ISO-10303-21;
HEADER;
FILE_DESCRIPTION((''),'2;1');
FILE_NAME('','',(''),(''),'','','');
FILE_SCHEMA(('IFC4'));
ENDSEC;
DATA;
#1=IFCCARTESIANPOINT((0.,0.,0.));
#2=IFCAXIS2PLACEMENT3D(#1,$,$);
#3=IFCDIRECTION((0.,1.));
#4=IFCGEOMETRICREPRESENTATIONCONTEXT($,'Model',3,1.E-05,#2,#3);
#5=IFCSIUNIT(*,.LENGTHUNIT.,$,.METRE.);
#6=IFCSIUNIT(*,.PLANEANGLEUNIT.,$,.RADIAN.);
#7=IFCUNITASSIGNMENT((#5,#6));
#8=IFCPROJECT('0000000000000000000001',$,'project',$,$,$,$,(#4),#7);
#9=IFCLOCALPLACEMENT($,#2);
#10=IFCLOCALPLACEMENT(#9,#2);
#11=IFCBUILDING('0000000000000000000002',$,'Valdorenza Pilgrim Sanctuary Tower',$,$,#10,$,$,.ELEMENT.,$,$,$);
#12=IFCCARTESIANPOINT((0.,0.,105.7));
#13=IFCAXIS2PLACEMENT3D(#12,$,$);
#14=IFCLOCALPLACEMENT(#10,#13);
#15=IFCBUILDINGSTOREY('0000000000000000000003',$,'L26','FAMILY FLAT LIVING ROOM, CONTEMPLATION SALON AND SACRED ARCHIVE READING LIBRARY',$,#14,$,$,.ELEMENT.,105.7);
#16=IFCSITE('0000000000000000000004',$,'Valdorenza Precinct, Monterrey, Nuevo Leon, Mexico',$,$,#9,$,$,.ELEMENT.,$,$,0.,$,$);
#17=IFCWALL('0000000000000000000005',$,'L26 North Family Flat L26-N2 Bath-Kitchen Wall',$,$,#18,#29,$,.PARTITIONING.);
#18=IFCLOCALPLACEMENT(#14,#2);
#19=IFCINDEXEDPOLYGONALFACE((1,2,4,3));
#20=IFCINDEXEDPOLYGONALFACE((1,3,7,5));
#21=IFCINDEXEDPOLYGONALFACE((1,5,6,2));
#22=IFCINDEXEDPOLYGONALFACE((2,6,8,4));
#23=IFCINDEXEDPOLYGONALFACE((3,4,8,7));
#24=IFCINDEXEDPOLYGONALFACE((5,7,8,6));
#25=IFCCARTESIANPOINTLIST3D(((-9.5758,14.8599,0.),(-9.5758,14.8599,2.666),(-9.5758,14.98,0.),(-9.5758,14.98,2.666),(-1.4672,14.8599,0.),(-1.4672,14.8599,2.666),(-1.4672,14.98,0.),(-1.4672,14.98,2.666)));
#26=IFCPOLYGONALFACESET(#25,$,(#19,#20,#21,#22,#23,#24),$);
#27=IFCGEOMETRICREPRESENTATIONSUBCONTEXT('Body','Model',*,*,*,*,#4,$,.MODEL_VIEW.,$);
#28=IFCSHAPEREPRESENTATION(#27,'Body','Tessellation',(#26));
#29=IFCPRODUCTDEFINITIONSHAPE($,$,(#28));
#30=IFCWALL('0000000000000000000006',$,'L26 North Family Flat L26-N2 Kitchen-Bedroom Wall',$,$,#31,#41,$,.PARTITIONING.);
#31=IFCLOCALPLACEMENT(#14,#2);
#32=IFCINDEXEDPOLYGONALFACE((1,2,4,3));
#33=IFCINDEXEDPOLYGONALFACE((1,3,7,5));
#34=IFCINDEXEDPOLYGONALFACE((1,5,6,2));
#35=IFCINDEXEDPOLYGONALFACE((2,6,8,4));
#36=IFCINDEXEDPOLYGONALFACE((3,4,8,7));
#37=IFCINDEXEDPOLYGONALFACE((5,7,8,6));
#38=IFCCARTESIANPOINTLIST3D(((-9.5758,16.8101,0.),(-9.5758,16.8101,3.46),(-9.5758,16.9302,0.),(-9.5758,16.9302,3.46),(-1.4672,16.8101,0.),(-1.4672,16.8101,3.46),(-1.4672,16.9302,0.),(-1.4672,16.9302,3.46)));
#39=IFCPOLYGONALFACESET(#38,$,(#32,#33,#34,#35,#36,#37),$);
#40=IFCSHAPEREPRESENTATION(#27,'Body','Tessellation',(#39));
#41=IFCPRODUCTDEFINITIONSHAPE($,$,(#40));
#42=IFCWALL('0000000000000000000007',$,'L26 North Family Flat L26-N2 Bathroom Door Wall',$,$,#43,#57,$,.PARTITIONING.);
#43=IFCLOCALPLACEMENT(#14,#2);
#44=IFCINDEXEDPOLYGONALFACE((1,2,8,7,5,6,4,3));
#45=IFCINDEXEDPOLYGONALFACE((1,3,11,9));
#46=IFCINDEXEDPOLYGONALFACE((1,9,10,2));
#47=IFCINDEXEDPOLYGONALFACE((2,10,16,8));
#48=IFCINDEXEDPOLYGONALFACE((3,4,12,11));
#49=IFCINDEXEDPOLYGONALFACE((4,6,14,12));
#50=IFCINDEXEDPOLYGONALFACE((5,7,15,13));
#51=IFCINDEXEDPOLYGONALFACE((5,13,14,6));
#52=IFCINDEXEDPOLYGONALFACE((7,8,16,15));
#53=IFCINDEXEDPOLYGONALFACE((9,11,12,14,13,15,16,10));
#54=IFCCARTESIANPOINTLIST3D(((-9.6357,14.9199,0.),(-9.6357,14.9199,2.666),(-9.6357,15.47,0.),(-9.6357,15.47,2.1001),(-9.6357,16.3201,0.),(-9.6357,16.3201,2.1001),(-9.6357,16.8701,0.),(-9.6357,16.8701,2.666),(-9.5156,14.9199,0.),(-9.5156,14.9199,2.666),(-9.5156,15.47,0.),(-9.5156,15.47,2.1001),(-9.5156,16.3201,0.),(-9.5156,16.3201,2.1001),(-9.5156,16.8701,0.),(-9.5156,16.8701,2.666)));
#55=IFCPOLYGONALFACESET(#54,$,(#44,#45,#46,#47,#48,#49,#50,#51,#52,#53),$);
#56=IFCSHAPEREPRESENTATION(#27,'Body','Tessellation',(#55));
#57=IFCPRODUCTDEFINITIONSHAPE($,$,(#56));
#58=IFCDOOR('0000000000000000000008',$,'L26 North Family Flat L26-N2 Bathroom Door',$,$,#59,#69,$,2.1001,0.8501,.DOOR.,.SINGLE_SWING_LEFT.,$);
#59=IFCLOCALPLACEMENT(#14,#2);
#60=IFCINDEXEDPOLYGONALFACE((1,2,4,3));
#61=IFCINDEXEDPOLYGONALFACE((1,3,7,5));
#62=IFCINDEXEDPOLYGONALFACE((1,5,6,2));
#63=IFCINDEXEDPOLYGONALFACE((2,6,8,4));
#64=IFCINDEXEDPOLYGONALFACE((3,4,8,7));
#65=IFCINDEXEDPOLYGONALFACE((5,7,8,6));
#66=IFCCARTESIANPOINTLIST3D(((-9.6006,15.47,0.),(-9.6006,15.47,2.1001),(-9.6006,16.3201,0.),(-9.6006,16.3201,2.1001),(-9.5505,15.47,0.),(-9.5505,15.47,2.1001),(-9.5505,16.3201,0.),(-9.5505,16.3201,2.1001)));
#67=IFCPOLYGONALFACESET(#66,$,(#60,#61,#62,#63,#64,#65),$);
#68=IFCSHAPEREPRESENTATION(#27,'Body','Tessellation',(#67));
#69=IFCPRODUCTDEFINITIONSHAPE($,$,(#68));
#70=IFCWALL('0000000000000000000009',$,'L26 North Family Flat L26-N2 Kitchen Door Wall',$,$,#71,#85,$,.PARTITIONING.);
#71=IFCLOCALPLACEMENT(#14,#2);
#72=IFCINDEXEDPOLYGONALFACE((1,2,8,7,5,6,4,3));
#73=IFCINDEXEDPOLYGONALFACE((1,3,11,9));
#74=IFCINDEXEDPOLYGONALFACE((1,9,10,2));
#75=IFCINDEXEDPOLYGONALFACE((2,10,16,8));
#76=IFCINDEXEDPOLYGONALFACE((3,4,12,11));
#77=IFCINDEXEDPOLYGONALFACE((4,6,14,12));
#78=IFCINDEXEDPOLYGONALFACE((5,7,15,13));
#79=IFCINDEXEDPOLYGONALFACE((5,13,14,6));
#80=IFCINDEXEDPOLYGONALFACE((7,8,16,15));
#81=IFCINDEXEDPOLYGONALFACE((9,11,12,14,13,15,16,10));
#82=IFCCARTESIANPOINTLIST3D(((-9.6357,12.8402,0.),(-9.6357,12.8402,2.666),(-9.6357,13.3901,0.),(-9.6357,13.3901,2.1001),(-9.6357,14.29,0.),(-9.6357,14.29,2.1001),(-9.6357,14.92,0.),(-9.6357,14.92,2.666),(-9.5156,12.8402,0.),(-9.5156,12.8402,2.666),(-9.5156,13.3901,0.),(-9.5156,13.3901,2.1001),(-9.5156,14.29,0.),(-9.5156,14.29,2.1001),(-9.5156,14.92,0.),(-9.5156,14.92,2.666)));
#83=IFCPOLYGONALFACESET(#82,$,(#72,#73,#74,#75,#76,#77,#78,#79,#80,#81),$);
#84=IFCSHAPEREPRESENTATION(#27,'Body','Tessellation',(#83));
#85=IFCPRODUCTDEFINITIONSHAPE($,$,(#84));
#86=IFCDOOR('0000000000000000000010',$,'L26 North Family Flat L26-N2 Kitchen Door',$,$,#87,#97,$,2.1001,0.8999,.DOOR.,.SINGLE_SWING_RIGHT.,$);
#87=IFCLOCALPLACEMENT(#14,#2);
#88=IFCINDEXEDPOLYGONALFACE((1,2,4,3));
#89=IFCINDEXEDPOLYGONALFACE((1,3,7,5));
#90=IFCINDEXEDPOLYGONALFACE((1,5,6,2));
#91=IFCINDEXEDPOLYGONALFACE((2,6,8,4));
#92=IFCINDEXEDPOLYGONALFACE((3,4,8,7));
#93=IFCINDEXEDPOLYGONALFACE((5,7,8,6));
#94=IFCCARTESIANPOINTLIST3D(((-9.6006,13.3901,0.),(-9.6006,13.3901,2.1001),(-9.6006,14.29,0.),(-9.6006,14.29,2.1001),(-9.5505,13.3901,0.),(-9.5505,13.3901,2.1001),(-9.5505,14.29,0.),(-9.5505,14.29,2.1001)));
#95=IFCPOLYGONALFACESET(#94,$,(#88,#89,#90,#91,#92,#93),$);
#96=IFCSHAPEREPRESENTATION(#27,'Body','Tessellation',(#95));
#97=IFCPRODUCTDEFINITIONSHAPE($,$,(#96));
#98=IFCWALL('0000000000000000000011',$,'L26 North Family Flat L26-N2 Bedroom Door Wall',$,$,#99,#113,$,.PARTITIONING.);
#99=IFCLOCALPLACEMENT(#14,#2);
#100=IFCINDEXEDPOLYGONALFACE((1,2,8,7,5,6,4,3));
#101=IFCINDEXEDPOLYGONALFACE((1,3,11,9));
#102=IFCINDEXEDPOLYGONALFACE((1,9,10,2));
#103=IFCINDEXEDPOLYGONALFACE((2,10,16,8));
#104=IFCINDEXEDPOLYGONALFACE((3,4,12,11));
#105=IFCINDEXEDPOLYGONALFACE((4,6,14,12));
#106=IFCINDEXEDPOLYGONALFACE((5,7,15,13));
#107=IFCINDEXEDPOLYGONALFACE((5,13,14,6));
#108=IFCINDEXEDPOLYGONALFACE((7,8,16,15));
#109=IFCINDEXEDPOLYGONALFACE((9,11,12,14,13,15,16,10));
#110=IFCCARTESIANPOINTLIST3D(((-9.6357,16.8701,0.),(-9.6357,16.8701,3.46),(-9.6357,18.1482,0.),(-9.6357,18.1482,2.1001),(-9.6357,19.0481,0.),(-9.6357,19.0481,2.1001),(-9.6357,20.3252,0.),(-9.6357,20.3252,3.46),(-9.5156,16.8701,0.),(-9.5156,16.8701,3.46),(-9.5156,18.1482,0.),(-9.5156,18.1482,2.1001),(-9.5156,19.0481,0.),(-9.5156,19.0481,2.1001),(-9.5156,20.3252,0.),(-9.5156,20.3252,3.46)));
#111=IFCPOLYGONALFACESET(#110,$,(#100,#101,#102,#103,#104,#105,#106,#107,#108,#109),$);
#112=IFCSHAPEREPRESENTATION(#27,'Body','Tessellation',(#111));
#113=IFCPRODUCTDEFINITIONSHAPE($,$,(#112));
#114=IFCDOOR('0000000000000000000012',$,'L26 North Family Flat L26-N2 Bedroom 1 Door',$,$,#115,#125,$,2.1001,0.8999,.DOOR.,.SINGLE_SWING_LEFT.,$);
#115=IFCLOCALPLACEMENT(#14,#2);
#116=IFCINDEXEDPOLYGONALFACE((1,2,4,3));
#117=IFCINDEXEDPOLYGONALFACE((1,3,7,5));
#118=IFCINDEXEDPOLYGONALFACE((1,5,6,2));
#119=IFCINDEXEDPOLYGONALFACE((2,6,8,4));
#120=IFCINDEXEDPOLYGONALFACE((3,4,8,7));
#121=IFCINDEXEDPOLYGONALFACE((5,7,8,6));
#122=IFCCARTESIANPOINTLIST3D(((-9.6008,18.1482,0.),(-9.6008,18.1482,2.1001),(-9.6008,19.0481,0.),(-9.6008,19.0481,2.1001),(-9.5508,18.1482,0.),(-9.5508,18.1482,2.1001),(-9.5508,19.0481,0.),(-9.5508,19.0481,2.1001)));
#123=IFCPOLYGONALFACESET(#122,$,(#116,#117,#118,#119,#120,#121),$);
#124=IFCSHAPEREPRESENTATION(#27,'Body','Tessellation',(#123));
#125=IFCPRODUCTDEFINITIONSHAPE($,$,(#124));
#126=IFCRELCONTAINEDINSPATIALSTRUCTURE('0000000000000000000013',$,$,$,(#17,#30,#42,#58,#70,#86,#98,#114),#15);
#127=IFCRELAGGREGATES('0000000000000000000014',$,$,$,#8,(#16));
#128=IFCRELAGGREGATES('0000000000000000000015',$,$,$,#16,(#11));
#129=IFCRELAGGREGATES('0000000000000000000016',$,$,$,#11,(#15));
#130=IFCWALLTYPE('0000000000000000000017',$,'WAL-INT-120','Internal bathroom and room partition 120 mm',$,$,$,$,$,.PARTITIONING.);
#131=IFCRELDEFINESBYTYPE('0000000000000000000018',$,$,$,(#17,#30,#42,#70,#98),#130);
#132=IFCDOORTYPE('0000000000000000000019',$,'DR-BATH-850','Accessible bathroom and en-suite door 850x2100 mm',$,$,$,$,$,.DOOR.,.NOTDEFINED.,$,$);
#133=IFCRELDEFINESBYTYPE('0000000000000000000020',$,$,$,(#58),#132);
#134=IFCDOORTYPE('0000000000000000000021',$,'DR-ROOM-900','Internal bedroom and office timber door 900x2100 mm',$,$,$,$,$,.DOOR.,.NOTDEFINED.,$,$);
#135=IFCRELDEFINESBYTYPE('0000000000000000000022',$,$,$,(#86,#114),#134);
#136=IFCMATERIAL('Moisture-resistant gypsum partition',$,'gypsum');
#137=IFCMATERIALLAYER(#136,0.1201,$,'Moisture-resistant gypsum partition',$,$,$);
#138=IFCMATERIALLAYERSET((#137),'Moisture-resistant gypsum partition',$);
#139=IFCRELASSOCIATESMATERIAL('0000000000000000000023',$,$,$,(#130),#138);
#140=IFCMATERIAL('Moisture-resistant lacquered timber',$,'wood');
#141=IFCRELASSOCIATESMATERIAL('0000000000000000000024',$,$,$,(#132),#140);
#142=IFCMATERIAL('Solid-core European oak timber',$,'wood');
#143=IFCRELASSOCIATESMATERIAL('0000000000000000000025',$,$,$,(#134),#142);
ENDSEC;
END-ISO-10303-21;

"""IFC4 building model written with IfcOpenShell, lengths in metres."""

from ifc_helpers import new_model, si_unit, direction, frame, frame_2d, origin, place, context, subcontext, project, spatial, rectangle, extrude, material, layer, layer_set, type_object, element, fill, save


model = new_model("IFC4")

# Units and contexts
model_context = context("Model", 3, precision=1e-05, world=origin(), true_north=direction((0.0, 1.0)))
body_context = subcontext(model_context, "Body", "Model", "MODEL_VIEW")
ifc_project = project(units=[si_unit("LENGTHUNIT", "METRE"), si_unit("PLANEANGLEUNIT", "RADIAN")], contexts=[model_context])

# Site, building, storey
site_placement = place(None, origin())
site = spatial("IfcSite", under=ifc_project, at=site_placement, Name="Valdorenza Precinct, Monterrey, Nuevo Leon, Mexico", CompositionType="ELEMENT", RefElevation=0.0)
building_placement = place(site_placement, origin())
building = spatial("IfcBuilding", under=site, at=building_placement, Name="Valdorenza Pilgrim Sanctuary Tower", CompositionType="ELEMENT")
storey_placement = place(building_placement, frame((0.0, 0.0, 105.7)))
storey = spatial("IfcBuildingStorey", under=building, at=storey_placement, Name="L26", Description="FAMILY FLAT LIVING ROOM, CONTEMPLATION SALON AND SACRED ARCHIVE READING LIBRARY", CompositionType="ELEMENT", Elevation=105.7)

# Walls
ifc_material_1 = material(Name="Moisture-resistant gypsum partition", Category="gypsum")
ifc_layer_1 = layer(ifc_material_1, 0.1201, Name="Moisture-resistant gypsum partition")
ifc_layer_set_1 = layer_set([ifc_layer_1], Name="Moisture-resistant gypsum partition")
wall_type_1 = type_object("IfcWallType", Name="WAL-INT-120", Description="Internal bathroom and room partition 120 mm", PredefinedType="PARTITIONING", material=ifc_layer_set_1)
wall_1_placement = place(storey_placement, frame((-9.5757, 14.9199, 0.0), z_axis=(0.0, 0.0, 1.0), x_axis=(1.0, 0.0, 0.0)))
element("IfcWall", 1, at=wall_1_placement, inside=storey, type_object=wall_type_1, Name="L26 North Family Flat L26-N2 Bath-Kitchen Wall", PredefinedType="PARTITIONING", context=body_context, shape_type="SweptSolid", body=[
    extrude(rectangle(XDim=8.1086, YDim=0.1201, at=frame_2d((4.0542, 0.0))), origin(), (0.0, 0.0, 1.0), 2.666),
])
wall_2_placement = place(storey_placement, frame((-9.5757, 16.8701, 0.0), z_axis=(0.0, 0.0, 1.0), x_axis=(1.0, 0.0, 0.0)))
element("IfcWall", 2, at=wall_2_placement, inside=storey, type_object=wall_type_1, Name="L26 North Family Flat L26-N2 Kitchen-Bedroom Wall", PredefinedType="PARTITIONING", context=body_context, shape_type="SweptSolid", body=[
    extrude(rectangle(XDim=8.1086, YDim=0.1201, at=frame_2d((4.0542, 0.0))), origin(), (0.0, 0.0, 1.0), 3.46),
])

# Walls, openings, doors
wall_3_placement = place(storey_placement, frame((-9.5757, 14.9199, 0.0), z_axis=(0.0, 0.0, 1.0), x_axis=(0.0, 1.0, 0.0)))
wall_3 = element("IfcWall", 3, at=wall_3_placement, inside=storey, type_object=wall_type_1, Name="L26 North Family Flat L26-N2 Bathroom Door Wall", PredefinedType="PARTITIONING", context=body_context, shape_type="SweptSolid", body=[
    extrude(rectangle(XDim=1.9502, YDim=0.1201, at=frame_2d((0.9751, 0.0))), origin(), (0.0, 0.0, 1.0), 2.666),
])
opening_1_placement = place(wall_3_placement, frame((0.55, 0.0, 0.0)))
opening_1 = element("IfcOpeningElement", 4, at=opening_1_placement, cuts=wall_3, PredefinedType="OPENING", context=body_context, shape_type="SweptSolid", body=[
    extrude(rectangle(XDim=0.8501, YDim=2.1001, at=frame_2d((0.425, 1.05))), frame((0.0, 0.075, 0.0), z_axis=(0.0, -1.0, 0.0), x_axis=(1.0, 0.0, 0.0)), (0.0, 0.0, 1.0), 0.1499),
])
ifc_material_2 = material(Name="Moisture-resistant lacquered timber", Category="wood")
door_type_1 = type_object("IfcDoorType", Name="DR-BATH-850", Description="Accessible bathroom and en-suite door 850x2100 mm", OperationType="NOTDEFINED", PredefinedType="DOOR", material=ifc_material_2)
door_1_placement = place(opening_1_placement, origin())
door_1 = element("IfcDoor", 5, at=door_1_placement, inside=storey, type_object=door_type_1, Name="L26 North Family Flat L26-N2 Bathroom Door", OperationType="SINGLE_SWING_LEFT", OverallHeight=2.1001, OverallWidth=0.8501, PredefinedType="DOOR", context=body_context, shape_type="SweptSolid", body=[
    extrude(rectangle(XDim=0.8501, YDim=2.1001, at=frame_2d((0.425, 1.05))), frame((0.0, 0.0249, 0.0), z_axis=(0.0, -1.0, 0.0), x_axis=(1.0, 0.0, 0.0)), (0.0, 0.0, 1.0), 0.05),
])
fill(opening_1, door_1)
wall_4_placement = place(storey_placement, frame((-9.5757, 12.8401, 0.0), z_axis=(0.0, 0.0, 1.0), x_axis=(0.0, 1.0, 0.0)))
wall_4 = element("IfcWall", 6, at=wall_4_placement, inside=storey, type_object=wall_type_1, Name="L26 North Family Flat L26-N2 Kitchen Door Wall", PredefinedType="PARTITIONING", context=body_context, shape_type="SweptSolid", body=[
    extrude(rectangle(XDim=2.0798, YDim=0.1201, at=frame_2d((1.04, 0.0))), origin(), (0.0, 0.0, 1.0), 2.666),
])
opening_2_placement = place(wall_4_placement, frame((0.55, 0.0, 0.0)))
opening_2 = element("IfcOpeningElement", 7, at=opening_2_placement, cuts=wall_4, PredefinedType="OPENING", context=body_context, shape_type="SweptSolid", body=[
    extrude(rectangle(XDim=0.8999, YDim=2.1001, at=frame_2d((0.45, 1.05))), frame((0.0, 0.075, 0.0), z_axis=(0.0, -1.0, 0.0), x_axis=(1.0, 0.0, 0.0)), (0.0, 0.0, 1.0), 0.1499),
])
ifc_material_3 = material(Name="Solid-core European oak timber", Category="wood")
door_type_2 = type_object("IfcDoorType", Name="DR-ROOM-900", Description="Internal bedroom and office timber door 900x2100 mm", OperationType="NOTDEFINED", PredefinedType="DOOR", material=ifc_material_3)
door_2_placement = place(opening_2_placement, origin())
door_2 = element("IfcDoor", 8, at=door_2_placement, inside=storey, type_object=door_type_2, Name="L26 North Family Flat L26-N2 Kitchen Door", OperationType="SINGLE_SWING_RIGHT", OverallHeight=2.1001, OverallWidth=0.8999, PredefinedType="DOOR", context=body_context, shape_type="SweptSolid", body=[
    extrude(rectangle(XDim=0.8999, YDim=2.1001, at=frame_2d((0.45, 1.05))), frame((0.0, 0.0249, 0.0), z_axis=(0.0, -1.0, 0.0), x_axis=(1.0, 0.0, 0.0)), (0.0, 0.0, 1.0), 0.05),
])
fill(opening_2, door_2)
wall_5_placement = place(storey_placement, frame((-9.5757, 16.8701, 0.0), z_axis=(0.0, 0.0, 1.0), x_axis=(0.0, 1.0, 0.0)))
wall_5 = element("IfcWall", 9, at=wall_5_placement, inside=storey, type_object=wall_type_1, Name="L26 North Family Flat L26-N2 Bedroom Door Wall", PredefinedType="PARTITIONING", context=body_context, shape_type="SweptSolid", body=[
    extrude(rectangle(XDim=3.4551, YDim=0.1201, at=frame_2d((1.7275, 0.0))), origin(), (0.0, 0.0, 1.0), 3.46),
])
opening_3_placement = place(wall_5_placement, frame((1.2781, 0.0, 0.0)))
opening_3 = element("IfcOpeningElement", 10, at=opening_3_placement, cuts=wall_5, PredefinedType="OPENING", context=body_context, shape_type="SweptSolid", body=[
    extrude(rectangle(XDim=0.8999, YDim=2.1001, at=frame_2d((0.45, 1.05))), frame((0.0, 0.075, 0.0), z_axis=(0.0, -1.0, 0.0), x_axis=(1.0, 0.0, 0.0)), (0.0, 0.0, 1.0), 0.1499),
])
door_3_placement = place(opening_3_placement, frame((0.8999, 0.0, 0.0), z_axis=(0.0, 0.0, 1.0), x_axis=(-1.0, 0.0, 0.0)))
door_3 = element("IfcDoor", 11, at=door_3_placement, inside=storey, type_object=door_type_2, Name="L26 North Family Flat L26-N2 Bedroom 1 Door", OperationType="SINGLE_SWING_LEFT", OverallHeight=2.1001, OverallWidth=0.8999, PredefinedType="DOOR", context=body_context, shape_type="SweptSolid", body=[
    extrude(rectangle(XDim=0.8999, YDim=2.1001, at=frame_2d((0.45, 1.05))), frame((0.0, 0.0249, 0.0), z_axis=(0.0, -1.0, 0.0), x_axis=(1.0, 0.0, 0.0)), (0.0, 0.0, 1.0), 0.05),
])
fill(opening_3, door_3)

save(model, "model.ifc")
